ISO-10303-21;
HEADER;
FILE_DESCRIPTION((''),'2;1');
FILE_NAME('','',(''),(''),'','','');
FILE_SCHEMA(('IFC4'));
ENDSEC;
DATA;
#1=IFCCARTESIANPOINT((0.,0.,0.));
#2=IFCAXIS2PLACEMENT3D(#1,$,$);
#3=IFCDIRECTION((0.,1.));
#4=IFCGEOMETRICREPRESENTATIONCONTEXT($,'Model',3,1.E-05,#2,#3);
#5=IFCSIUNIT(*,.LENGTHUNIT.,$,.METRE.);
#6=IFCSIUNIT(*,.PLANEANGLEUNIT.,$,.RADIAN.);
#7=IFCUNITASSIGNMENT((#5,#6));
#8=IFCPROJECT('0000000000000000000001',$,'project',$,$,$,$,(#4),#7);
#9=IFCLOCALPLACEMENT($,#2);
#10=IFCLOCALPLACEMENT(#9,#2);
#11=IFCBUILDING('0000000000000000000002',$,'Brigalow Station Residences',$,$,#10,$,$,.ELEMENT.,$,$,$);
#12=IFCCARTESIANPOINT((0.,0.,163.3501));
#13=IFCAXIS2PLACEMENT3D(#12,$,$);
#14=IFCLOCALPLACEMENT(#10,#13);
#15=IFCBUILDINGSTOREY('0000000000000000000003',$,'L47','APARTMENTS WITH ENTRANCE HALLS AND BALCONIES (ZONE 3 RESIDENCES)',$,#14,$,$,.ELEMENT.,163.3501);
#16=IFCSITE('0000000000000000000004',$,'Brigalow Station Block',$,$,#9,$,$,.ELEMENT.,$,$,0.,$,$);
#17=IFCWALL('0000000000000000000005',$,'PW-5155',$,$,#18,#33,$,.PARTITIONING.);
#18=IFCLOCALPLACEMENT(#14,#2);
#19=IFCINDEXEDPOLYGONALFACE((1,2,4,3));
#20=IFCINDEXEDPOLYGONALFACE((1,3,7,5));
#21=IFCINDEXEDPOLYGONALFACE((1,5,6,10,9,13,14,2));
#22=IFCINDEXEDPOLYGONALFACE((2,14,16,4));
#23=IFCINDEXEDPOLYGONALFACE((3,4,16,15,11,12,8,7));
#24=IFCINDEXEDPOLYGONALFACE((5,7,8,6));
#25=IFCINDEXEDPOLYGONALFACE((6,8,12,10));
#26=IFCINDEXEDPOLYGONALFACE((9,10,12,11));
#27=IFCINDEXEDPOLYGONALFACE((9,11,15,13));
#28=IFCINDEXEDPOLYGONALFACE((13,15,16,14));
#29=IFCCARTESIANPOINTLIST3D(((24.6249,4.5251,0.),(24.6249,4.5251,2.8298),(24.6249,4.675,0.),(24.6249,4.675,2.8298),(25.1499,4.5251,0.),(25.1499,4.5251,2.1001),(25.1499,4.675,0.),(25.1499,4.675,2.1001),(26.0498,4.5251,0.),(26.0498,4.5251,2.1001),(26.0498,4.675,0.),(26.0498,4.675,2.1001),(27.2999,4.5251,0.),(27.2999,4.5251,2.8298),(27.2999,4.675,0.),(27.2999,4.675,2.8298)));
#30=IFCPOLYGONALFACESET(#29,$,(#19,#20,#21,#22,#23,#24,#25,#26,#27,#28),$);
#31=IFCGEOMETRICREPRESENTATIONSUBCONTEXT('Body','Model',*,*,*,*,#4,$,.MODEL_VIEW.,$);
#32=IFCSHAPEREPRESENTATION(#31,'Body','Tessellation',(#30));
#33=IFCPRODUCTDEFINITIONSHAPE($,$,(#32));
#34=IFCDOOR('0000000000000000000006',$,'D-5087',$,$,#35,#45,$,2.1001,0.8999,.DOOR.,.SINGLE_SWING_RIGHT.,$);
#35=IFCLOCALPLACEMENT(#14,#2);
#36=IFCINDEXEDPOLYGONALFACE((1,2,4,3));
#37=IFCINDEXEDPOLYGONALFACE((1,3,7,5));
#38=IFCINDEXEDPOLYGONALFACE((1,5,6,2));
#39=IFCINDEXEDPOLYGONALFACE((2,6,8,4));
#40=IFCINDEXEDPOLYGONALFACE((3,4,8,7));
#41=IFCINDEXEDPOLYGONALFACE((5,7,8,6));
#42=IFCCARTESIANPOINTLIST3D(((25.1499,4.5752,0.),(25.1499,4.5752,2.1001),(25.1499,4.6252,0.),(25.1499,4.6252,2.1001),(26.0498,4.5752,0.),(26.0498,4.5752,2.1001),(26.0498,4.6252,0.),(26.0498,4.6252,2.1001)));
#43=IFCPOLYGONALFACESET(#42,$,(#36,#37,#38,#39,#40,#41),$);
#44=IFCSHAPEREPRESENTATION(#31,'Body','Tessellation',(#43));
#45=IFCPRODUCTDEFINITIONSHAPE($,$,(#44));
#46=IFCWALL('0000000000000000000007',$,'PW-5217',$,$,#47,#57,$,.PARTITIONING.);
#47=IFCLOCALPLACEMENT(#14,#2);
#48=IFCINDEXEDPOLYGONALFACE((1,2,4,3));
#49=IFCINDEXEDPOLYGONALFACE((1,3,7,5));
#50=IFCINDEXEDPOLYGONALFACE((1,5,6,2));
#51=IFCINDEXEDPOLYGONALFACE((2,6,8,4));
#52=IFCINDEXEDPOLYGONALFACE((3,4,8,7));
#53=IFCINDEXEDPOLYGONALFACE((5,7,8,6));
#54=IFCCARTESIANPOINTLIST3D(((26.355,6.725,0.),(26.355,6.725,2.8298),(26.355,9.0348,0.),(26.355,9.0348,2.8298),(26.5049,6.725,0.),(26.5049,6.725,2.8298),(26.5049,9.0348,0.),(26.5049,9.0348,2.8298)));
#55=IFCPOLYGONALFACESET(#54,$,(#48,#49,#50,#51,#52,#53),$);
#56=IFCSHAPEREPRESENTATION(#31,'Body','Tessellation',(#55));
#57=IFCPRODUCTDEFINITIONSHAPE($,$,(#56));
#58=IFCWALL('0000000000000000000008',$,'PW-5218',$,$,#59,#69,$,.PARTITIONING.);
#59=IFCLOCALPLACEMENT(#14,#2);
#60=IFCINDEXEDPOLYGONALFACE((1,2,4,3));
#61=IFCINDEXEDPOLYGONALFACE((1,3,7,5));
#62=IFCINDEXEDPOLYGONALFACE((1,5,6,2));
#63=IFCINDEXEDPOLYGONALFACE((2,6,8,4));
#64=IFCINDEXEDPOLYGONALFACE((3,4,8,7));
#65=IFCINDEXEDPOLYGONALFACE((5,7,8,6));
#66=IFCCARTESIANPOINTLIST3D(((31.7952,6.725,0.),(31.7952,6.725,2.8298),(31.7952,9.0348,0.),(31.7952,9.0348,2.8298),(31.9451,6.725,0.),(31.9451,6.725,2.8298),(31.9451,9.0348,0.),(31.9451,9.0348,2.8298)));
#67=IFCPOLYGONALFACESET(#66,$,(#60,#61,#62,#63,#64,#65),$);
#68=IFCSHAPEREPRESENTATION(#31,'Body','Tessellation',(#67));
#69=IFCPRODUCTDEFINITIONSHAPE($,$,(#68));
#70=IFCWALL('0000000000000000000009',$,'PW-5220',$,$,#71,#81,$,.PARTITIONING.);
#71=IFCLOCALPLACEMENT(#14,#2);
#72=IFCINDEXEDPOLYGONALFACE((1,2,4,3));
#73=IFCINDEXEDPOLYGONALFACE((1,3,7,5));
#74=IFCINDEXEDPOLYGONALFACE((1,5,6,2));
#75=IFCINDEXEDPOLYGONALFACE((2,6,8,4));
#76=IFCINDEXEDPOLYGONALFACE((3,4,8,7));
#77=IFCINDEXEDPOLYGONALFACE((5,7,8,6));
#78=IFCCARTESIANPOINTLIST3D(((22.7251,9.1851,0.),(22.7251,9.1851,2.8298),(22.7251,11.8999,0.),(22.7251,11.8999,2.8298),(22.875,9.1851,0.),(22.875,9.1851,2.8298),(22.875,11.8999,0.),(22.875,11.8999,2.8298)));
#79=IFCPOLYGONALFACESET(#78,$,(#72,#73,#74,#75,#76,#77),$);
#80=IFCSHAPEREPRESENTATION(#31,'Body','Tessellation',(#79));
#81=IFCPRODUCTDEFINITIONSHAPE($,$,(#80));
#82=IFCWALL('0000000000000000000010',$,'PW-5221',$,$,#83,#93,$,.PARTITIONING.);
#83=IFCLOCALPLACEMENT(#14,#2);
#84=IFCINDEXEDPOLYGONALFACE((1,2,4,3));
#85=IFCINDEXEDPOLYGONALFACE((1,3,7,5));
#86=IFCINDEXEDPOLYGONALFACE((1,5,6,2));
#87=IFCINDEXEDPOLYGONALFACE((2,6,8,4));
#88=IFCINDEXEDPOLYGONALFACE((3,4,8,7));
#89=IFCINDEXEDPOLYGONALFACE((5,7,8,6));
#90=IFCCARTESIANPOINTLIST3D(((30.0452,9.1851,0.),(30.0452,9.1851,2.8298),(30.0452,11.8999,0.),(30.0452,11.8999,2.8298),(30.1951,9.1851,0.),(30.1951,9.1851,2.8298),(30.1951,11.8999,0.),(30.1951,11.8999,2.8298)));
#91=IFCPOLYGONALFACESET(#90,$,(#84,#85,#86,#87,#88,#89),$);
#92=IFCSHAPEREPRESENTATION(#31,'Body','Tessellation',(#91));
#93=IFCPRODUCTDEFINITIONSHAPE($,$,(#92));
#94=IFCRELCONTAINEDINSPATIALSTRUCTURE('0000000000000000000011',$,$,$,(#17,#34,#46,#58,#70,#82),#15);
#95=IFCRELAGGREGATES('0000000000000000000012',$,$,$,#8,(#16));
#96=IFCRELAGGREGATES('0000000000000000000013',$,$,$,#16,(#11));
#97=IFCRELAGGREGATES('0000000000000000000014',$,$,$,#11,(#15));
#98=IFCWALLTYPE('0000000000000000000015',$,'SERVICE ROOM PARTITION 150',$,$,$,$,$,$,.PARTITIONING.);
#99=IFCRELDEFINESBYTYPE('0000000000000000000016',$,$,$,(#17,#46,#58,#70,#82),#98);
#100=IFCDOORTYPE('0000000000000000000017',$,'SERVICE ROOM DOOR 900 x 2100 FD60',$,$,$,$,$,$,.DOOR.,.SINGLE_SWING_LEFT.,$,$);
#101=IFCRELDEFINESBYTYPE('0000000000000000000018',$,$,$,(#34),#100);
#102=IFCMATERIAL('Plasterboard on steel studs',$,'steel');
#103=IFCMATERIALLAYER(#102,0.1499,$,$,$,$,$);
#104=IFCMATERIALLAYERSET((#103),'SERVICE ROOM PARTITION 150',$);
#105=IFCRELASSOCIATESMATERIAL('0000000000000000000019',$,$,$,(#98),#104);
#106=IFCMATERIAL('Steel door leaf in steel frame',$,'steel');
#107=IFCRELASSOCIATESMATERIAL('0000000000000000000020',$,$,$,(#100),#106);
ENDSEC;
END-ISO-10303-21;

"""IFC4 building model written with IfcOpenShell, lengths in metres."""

from ifc_helpers import new_model, si_unit, direction, frame, frame_2d, origin, place, context, subcontext, project, spatial, rectangle, extrude, material, layer, layer_set, type_object, element, fill, save


model = new_model("IFC4")

# Units and contexts
model_context = context("Model", 3, precision=1e-05, world=origin(), true_north=direction((0.0, 1.0)))
body_context = subcontext(model_context, "Body", "Model", "MODEL_VIEW")
ifc_project = project(units=[si_unit("LENGTHUNIT", "METRE"), si_unit("PLANEANGLEUNIT", "RADIAN")], contexts=[model_context])

# Site, building, storey
site_placement = place(None, origin())
site = spatial("IfcSite", under=ifc_project, at=site_placement, Name="Brigalow Station Block", CompositionType="ELEMENT", RefElevation=0.0)
building_placement = place(site_placement, origin())
building = spatial("IfcBuilding", under=site, at=building_placement, Name="Brigalow Station Residences", CompositionType="ELEMENT")
storey_placement = place(building_placement, frame((0.0, 0.0, 163.3501)))
storey = spatial("IfcBuildingStorey", under=building, at=storey_placement, Name="L47", Description="APARTMENTS WITH ENTRANCE HALLS AND BALCONIES (ZONE 3 RESIDENCES)", CompositionType="ELEMENT", Elevation=163.3501)

# Wall, opening, door
ifc_material_1 = material(Name="Plasterboard on steel studs", Category="steel")
ifc_layer_1 = layer(ifc_material_1, 0.1499)
ifc_layer_set_1 = layer_set([ifc_layer_1], Name="SERVICE ROOM PARTITION 150")
wall_type_1 = type_object("IfcWallType", Name="SERVICE ROOM PARTITION 150", PredefinedType="PARTITIONING", material=ifc_layer_set_1)
wall_1_placement = place(storey_placement, frame((24.625, 4.6001, 0.0), z_axis=(0.0, 0.0, 1.0), x_axis=(1.0, 0.0, 0.0)))
wall_1 = element("IfcWall", 1, at=wall_1_placement, inside=storey, type_object=wall_type_1, Name="PW-5155", PredefinedType="PARTITIONING", context=body_context, shape_type="SweptSolid", body=[
    extrude(rectangle(XDim=2.675, YDim=0.1499, at=frame_2d((1.3374, 0.0))), origin(), (0.0, 0.0, 1.0), 2.8298),
])
opening_1_placement = place(wall_1_placement, frame((0.5249, 0.0, 0.0)))
opening_1 = element("IfcOpeningElement", 2, at=opening_1_placement, cuts=wall_1, PredefinedType="OPENING", context=body_context, shape_type="SweptSolid", body=[
    extrude(rectangle(XDim=0.8999, YDim=2.1001, at=frame_2d((0.45, 1.05))), frame((0.0, 0.085, 0.0), z_axis=(0.0, -1.0, 0.0), x_axis=(1.0, 0.0, 0.0)), (0.0, 0.0, 1.0), 0.1699),
])
ifc_material_2 = material(Name="Steel door leaf in steel frame", Category="steel")
door_type_1 = type_object("IfcDoorType", Name="SERVICE ROOM DOOR 900 x 2100 FD60", OperationType="SINGLE_SWING_LEFT", PredefinedType="DOOR", material=ifc_material_2)
door_1_placement = place(opening_1_placement, frame((0.8999, 0.0, 0.0), z_axis=(0.0, 0.0, 1.0), x_axis=(-1.0, 0.0, 0.0)))
door_1 = element("IfcDoor", 3, at=door_1_placement, inside=storey, type_object=door_type_1, Name="D-5087", OperationType="SINGLE_SWING_RIGHT", OverallHeight=2.1001, OverallWidth=0.8999, PredefinedType="DOOR", context=body_context, shape_type="SweptSolid", body=[
    extrude(rectangle(XDim=0.8999, YDim=2.1001, at=frame_2d((0.45, 1.05))), frame((0.0, 0.0249, 0.0), z_axis=(0.0, -1.0, 0.0), x_axis=(1.0, 0.0, 0.0)), (0.0, 0.0, 1.0), 0.05),
])
fill(opening_1, door_1)

# Walls
for number, where, z_axis, x_axis, name in (
    (4, (26.4299, 6.7251, 0.0), (0.0, 0.0, 1.0), (0.0, 1.0, 0.0), "PW-5217"),
    (5, (31.8701, 6.7251, 0.0), (0.0, 0.0, 1.0), (0.0, 1.0, 0.0), "PW-5218"),
):
    element("IfcWall", number, at=place(storey_placement, frame(where, z_axis=z_axis, x_axis=x_axis)), inside=storey, type_object=wall_type_1, Name=name, PredefinedType="PARTITIONING", context=body_context, shape_type="SweptSolid", body=[
        extrude(rectangle(XDim=2.3098, YDim=0.1499, at=frame_2d((1.1548, 0.0))), origin(), (0.0, 0.0, 1.0), 2.8298),
    ])
for number, where, z_axis, x_axis, name in (
    (6, (22.8, 9.1851, 0.0), (0.0, 0.0, 1.0), (0.0, 1.0, 0.0), "PW-5220"),
    (7, (30.1201, 9.1851, 0.0), (0.0, 0.0, 1.0), (0.0, 1.0, 0.0), "PW-5221"),
):
    element("IfcWall", number, at=place(storey_placement, frame(where, z_axis=z_axis, x_axis=x_axis)), inside=storey, type_object=wall_type_1, Name=name, PredefinedType="PARTITIONING", context=body_context, shape_type="SweptSolid", body=[
        extrude(rectangle(XDim=2.7148, YDim=0.1499, at=frame_2d((1.3574, 0.0))), origin(), (0.0, 0.0, 1.0), 2.8298),
    ])

save(model, "model.ifc")
